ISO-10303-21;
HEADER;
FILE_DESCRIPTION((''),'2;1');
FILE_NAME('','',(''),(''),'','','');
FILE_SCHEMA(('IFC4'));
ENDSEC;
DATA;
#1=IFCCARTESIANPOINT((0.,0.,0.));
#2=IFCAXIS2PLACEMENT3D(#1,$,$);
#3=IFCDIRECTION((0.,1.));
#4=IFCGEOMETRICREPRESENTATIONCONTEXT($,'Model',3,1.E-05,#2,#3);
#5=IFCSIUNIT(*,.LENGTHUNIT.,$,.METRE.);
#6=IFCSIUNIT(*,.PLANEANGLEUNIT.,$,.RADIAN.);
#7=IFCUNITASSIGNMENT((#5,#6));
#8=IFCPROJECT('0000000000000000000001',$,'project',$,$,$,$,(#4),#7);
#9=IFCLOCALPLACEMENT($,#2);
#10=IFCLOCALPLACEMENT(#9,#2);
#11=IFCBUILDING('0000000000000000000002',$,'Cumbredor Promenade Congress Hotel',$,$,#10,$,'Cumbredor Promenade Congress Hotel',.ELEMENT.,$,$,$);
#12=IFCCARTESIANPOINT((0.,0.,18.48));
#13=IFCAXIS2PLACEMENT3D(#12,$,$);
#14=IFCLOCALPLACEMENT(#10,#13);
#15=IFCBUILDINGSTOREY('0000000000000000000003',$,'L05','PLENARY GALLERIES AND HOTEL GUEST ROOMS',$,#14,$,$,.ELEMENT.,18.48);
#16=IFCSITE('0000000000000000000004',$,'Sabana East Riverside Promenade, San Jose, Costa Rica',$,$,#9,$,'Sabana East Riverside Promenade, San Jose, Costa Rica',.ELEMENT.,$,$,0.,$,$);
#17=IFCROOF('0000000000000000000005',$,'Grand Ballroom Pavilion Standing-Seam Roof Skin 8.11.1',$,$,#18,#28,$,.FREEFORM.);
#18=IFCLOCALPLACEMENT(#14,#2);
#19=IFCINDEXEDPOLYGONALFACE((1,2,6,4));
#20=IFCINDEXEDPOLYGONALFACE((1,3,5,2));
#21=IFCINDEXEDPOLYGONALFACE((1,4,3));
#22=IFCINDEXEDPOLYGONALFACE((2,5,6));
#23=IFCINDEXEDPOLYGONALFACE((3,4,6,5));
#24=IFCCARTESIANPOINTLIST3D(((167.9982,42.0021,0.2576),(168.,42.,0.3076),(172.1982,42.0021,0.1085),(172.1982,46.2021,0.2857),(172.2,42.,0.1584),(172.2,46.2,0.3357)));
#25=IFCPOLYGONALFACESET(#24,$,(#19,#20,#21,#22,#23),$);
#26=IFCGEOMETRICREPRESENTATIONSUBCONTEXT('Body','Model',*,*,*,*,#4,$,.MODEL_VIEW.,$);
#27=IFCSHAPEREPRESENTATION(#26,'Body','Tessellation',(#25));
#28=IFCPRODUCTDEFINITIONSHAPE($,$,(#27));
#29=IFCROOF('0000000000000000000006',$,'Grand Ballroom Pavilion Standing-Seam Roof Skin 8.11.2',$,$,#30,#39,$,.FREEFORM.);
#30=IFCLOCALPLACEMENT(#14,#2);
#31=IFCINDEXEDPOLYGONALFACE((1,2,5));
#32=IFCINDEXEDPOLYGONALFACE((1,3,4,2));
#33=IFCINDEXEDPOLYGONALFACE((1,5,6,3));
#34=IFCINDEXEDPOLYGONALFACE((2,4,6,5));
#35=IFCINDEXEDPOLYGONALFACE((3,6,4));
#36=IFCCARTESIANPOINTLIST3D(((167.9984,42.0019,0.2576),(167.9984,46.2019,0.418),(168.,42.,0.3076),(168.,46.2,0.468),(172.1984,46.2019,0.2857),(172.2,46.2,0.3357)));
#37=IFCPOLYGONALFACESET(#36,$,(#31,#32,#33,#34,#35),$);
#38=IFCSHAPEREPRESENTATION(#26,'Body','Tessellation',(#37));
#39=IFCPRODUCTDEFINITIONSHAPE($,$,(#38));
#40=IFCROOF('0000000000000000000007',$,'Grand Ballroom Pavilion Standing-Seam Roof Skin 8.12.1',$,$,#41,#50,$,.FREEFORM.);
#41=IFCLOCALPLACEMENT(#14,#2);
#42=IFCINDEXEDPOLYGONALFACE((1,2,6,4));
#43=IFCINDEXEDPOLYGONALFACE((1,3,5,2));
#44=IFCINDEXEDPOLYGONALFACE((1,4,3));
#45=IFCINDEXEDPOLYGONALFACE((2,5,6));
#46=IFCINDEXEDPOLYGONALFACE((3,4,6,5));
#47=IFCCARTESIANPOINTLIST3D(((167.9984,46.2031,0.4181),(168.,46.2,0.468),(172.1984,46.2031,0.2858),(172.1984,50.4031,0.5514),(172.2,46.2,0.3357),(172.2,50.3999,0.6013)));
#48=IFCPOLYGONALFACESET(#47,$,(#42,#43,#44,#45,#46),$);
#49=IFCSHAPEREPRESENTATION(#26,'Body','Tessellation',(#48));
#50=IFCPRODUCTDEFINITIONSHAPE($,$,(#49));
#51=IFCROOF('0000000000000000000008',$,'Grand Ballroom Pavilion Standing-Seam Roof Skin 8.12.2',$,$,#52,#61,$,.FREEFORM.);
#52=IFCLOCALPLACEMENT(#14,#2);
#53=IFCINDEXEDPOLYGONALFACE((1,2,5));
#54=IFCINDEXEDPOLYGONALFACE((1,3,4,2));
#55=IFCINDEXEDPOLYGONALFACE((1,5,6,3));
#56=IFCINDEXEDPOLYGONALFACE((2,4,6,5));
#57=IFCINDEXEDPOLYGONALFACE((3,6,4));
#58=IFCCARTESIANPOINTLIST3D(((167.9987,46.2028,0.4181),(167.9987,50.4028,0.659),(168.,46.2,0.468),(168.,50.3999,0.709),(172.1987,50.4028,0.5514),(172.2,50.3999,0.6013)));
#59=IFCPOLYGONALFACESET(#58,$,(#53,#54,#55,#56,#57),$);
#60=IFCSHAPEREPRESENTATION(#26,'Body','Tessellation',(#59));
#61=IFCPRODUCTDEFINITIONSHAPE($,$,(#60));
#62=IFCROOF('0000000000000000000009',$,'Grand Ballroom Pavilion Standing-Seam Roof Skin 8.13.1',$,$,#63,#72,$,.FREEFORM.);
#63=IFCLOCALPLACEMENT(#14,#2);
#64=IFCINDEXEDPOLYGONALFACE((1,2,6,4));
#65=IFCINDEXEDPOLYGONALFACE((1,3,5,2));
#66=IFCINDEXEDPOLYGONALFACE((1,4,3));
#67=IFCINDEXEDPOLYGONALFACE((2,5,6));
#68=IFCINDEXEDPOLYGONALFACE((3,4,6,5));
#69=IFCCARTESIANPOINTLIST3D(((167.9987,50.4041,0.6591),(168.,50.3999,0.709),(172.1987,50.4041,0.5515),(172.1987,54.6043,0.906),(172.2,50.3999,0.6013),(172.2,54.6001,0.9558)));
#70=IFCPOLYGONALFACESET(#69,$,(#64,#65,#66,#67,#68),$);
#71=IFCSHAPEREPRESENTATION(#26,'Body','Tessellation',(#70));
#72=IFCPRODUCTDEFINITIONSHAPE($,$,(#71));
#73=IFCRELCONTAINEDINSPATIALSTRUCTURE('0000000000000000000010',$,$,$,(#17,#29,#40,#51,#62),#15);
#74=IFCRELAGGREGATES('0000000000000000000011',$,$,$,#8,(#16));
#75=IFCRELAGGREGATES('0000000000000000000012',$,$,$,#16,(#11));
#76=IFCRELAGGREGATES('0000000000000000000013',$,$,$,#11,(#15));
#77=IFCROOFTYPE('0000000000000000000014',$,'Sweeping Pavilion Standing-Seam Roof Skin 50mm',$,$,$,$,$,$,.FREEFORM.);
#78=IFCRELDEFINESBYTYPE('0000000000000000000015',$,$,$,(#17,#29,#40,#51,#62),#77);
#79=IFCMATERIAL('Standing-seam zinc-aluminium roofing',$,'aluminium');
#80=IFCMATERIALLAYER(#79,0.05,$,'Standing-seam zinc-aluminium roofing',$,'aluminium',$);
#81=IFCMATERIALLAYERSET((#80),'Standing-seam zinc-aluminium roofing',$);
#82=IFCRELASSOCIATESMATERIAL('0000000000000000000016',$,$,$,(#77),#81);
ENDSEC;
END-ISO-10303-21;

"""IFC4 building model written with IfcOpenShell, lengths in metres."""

from ifc_helpers import new_model, si_unit, direction, frame, origin, place, context, subcontext, project, spatial, polyline, outline, extrude, material, layer, layer_set, type_object, element, save


model = new_model("IFC4")

# Units and contexts
model_context = context("Model", 3, precision=1e-05, world=origin(), true_north=direction((0.0, 1.0)))
body_context = subcontext(model_context, "Body", "Model", "MODEL_VIEW")
ifc_project = project(units=[si_unit("LENGTHUNIT", "METRE"), si_unit("PLANEANGLEUNIT", "RADIAN")], contexts=[model_context])

# Site, building, storey
site_placement = place(None, origin())
site = spatial("IfcSite", under=ifc_project, at=site_placement, Name="Sabana East Riverside Promenade, San Jose, Costa Rica", LongName="Sabana East Riverside Promenade, San Jose, Costa Rica", CompositionType="ELEMENT", RefElevation=0.0)
building_placement = place(site_placement, origin())
building = spatial("IfcBuilding", under=site, at=building_placement, Name="Cumbredor Promenade Congress Hotel", LongName="Cumbredor Promenade Congress Hotel", CompositionType="ELEMENT")
storey_placement = place(building_placement, frame((0.0, 0.0, 18.48)))
storey = spatial("IfcBuildingStorey", under=building, at=storey_placement, Name="L05", Description="PLENARY GALLERIES AND HOTEL GUEST ROOMS", CompositionType="ELEMENT", Elevation=18.48)

# Roofs
ifc_material_1 = material(Name="Standing-seam zinc-aluminium roofing", Category="aluminium")
ifc_layer_1 = layer(ifc_material_1, 0.05, Name="Standing-seam zinc-aluminium roofing", Category="aluminium")
ifc_layer_set_1 = layer_set([ifc_layer_1], Name="Standing-seam zinc-aluminium roofing")
roof_type = type_object("IfcRoofType", Name="Sweeping Pavilion Standing-Seam Roof Skin 50mm", PredefinedType="FREEFORM", material=ifc_layer_set_1)
roof_1_placement = place(storey_placement, frame((168.0, 42.0, 0.3076), z_axis=(0.035463, -0.042138, 0.998482), x_axis=(0.99937, 0.0, -0.035495)))
element("IfcRoof", 1, at=roof_1_placement, inside=storey, type_object=roof_type, Name="Grand Ballroom Pavilion Standing-Seam Roof Skin 8.11.1", PredefinedType="FREEFORM", context=body_context, shape_type="SweptSolid", body=[
    extrude(outline(polyline([(0.0, 0.0), (4.2026, 0.0), (4.1963, 4.2037), (0.0, 0.0)])), origin(), (0.0, 0.0, -1.0), 0.05),
])
roof_2_placement = place(storey_placement, frame((168.0, 42.0, 0.3076), z_axis=(0.031468, -0.038144, 0.998777), x_axis=(0.707099, 0.707099, 0.004727)))
element("IfcRoof", 2, at=roof_2_placement, inside=storey, type_object=roof_type, Name="Grand Ballroom Pavilion Standing-Seam Roof Skin 8.11.2", PredefinedType="FREEFORM", context=body_context, shape_type="SweptSolid", body=[
    extrude(outline(polyline([(0.0, 0.0), (5.9397, 0.0), (2.9705, 2.9734), (0.0, 0.0)])), origin(), (0.0, 0.0, -1.0), 0.05),
])
roof_3_placement = place(storey_placement, frame((168.0, 46.2, 0.468), z_axis=(0.031428, -0.063087, 0.997513), x_axis=(0.999504, 0.0, -0.031491)))
element("IfcRoof", 3, at=roof_3_placement, inside=storey, type_object=roof_type, Name="Grand Ballroom Pavilion Standing-Seam Roof Skin 8.12.1", PredefinedType="FREEFORM", context=body_context, shape_type="SweptSolid", body=[
    extrude(outline(polyline([(0.0, 0.0), (4.202, 0.0), (4.1937, 4.2083), (0.0, 0.0)])), origin(), (0.0, 0.0, -1.0), 0.05),
])
roof_4_placement = place(storey_placement, frame((168.0, 46.2, 0.468), z_axis=(0.025585, -0.057261, 0.998031), x_axis=(0.706929, 0.706929, 0.022437)))
element("IfcRoof", 4, at=roof_4_placement, inside=storey, type_object=roof_type, Name="Grand Ballroom Pavilion Standing-Seam Roof Skin 8.12.2", PredefinedType="FREEFORM", context=body_context, shape_type="SweptSolid", body=[
    extrude(outline(polyline([(0.0, 0.0), (5.9411, 0.0), (2.9745, 2.9749), (0.0, 0.0)])), origin(), (0.0, 0.0, -1.0), 0.05),
])
roof_5_placement = place(storey_placement, frame((168.0, 50.3999, 0.709), z_axis=(0.025536, -0.084073, 0.996132), x_axis=(0.999672, 0.0, -0.025627)))
element("IfcRoof", 5, at=roof_5_placement, inside=storey, type_object=roof_type, Name="Grand Ballroom Pavilion Standing-Seam Roof Skin 8.13.1", PredefinedType="FREEFORM", context=body_context, shape_type="SweptSolid", body=[
    extrude(outline(polyline([(0.0, 0.0), (4.2013, 0.0), (4.1922, 4.2151), (0.0, 0.0)])), origin(), (0.0, 0.0, -1.0), 0.05),
])

save(model, "model.ifc")
